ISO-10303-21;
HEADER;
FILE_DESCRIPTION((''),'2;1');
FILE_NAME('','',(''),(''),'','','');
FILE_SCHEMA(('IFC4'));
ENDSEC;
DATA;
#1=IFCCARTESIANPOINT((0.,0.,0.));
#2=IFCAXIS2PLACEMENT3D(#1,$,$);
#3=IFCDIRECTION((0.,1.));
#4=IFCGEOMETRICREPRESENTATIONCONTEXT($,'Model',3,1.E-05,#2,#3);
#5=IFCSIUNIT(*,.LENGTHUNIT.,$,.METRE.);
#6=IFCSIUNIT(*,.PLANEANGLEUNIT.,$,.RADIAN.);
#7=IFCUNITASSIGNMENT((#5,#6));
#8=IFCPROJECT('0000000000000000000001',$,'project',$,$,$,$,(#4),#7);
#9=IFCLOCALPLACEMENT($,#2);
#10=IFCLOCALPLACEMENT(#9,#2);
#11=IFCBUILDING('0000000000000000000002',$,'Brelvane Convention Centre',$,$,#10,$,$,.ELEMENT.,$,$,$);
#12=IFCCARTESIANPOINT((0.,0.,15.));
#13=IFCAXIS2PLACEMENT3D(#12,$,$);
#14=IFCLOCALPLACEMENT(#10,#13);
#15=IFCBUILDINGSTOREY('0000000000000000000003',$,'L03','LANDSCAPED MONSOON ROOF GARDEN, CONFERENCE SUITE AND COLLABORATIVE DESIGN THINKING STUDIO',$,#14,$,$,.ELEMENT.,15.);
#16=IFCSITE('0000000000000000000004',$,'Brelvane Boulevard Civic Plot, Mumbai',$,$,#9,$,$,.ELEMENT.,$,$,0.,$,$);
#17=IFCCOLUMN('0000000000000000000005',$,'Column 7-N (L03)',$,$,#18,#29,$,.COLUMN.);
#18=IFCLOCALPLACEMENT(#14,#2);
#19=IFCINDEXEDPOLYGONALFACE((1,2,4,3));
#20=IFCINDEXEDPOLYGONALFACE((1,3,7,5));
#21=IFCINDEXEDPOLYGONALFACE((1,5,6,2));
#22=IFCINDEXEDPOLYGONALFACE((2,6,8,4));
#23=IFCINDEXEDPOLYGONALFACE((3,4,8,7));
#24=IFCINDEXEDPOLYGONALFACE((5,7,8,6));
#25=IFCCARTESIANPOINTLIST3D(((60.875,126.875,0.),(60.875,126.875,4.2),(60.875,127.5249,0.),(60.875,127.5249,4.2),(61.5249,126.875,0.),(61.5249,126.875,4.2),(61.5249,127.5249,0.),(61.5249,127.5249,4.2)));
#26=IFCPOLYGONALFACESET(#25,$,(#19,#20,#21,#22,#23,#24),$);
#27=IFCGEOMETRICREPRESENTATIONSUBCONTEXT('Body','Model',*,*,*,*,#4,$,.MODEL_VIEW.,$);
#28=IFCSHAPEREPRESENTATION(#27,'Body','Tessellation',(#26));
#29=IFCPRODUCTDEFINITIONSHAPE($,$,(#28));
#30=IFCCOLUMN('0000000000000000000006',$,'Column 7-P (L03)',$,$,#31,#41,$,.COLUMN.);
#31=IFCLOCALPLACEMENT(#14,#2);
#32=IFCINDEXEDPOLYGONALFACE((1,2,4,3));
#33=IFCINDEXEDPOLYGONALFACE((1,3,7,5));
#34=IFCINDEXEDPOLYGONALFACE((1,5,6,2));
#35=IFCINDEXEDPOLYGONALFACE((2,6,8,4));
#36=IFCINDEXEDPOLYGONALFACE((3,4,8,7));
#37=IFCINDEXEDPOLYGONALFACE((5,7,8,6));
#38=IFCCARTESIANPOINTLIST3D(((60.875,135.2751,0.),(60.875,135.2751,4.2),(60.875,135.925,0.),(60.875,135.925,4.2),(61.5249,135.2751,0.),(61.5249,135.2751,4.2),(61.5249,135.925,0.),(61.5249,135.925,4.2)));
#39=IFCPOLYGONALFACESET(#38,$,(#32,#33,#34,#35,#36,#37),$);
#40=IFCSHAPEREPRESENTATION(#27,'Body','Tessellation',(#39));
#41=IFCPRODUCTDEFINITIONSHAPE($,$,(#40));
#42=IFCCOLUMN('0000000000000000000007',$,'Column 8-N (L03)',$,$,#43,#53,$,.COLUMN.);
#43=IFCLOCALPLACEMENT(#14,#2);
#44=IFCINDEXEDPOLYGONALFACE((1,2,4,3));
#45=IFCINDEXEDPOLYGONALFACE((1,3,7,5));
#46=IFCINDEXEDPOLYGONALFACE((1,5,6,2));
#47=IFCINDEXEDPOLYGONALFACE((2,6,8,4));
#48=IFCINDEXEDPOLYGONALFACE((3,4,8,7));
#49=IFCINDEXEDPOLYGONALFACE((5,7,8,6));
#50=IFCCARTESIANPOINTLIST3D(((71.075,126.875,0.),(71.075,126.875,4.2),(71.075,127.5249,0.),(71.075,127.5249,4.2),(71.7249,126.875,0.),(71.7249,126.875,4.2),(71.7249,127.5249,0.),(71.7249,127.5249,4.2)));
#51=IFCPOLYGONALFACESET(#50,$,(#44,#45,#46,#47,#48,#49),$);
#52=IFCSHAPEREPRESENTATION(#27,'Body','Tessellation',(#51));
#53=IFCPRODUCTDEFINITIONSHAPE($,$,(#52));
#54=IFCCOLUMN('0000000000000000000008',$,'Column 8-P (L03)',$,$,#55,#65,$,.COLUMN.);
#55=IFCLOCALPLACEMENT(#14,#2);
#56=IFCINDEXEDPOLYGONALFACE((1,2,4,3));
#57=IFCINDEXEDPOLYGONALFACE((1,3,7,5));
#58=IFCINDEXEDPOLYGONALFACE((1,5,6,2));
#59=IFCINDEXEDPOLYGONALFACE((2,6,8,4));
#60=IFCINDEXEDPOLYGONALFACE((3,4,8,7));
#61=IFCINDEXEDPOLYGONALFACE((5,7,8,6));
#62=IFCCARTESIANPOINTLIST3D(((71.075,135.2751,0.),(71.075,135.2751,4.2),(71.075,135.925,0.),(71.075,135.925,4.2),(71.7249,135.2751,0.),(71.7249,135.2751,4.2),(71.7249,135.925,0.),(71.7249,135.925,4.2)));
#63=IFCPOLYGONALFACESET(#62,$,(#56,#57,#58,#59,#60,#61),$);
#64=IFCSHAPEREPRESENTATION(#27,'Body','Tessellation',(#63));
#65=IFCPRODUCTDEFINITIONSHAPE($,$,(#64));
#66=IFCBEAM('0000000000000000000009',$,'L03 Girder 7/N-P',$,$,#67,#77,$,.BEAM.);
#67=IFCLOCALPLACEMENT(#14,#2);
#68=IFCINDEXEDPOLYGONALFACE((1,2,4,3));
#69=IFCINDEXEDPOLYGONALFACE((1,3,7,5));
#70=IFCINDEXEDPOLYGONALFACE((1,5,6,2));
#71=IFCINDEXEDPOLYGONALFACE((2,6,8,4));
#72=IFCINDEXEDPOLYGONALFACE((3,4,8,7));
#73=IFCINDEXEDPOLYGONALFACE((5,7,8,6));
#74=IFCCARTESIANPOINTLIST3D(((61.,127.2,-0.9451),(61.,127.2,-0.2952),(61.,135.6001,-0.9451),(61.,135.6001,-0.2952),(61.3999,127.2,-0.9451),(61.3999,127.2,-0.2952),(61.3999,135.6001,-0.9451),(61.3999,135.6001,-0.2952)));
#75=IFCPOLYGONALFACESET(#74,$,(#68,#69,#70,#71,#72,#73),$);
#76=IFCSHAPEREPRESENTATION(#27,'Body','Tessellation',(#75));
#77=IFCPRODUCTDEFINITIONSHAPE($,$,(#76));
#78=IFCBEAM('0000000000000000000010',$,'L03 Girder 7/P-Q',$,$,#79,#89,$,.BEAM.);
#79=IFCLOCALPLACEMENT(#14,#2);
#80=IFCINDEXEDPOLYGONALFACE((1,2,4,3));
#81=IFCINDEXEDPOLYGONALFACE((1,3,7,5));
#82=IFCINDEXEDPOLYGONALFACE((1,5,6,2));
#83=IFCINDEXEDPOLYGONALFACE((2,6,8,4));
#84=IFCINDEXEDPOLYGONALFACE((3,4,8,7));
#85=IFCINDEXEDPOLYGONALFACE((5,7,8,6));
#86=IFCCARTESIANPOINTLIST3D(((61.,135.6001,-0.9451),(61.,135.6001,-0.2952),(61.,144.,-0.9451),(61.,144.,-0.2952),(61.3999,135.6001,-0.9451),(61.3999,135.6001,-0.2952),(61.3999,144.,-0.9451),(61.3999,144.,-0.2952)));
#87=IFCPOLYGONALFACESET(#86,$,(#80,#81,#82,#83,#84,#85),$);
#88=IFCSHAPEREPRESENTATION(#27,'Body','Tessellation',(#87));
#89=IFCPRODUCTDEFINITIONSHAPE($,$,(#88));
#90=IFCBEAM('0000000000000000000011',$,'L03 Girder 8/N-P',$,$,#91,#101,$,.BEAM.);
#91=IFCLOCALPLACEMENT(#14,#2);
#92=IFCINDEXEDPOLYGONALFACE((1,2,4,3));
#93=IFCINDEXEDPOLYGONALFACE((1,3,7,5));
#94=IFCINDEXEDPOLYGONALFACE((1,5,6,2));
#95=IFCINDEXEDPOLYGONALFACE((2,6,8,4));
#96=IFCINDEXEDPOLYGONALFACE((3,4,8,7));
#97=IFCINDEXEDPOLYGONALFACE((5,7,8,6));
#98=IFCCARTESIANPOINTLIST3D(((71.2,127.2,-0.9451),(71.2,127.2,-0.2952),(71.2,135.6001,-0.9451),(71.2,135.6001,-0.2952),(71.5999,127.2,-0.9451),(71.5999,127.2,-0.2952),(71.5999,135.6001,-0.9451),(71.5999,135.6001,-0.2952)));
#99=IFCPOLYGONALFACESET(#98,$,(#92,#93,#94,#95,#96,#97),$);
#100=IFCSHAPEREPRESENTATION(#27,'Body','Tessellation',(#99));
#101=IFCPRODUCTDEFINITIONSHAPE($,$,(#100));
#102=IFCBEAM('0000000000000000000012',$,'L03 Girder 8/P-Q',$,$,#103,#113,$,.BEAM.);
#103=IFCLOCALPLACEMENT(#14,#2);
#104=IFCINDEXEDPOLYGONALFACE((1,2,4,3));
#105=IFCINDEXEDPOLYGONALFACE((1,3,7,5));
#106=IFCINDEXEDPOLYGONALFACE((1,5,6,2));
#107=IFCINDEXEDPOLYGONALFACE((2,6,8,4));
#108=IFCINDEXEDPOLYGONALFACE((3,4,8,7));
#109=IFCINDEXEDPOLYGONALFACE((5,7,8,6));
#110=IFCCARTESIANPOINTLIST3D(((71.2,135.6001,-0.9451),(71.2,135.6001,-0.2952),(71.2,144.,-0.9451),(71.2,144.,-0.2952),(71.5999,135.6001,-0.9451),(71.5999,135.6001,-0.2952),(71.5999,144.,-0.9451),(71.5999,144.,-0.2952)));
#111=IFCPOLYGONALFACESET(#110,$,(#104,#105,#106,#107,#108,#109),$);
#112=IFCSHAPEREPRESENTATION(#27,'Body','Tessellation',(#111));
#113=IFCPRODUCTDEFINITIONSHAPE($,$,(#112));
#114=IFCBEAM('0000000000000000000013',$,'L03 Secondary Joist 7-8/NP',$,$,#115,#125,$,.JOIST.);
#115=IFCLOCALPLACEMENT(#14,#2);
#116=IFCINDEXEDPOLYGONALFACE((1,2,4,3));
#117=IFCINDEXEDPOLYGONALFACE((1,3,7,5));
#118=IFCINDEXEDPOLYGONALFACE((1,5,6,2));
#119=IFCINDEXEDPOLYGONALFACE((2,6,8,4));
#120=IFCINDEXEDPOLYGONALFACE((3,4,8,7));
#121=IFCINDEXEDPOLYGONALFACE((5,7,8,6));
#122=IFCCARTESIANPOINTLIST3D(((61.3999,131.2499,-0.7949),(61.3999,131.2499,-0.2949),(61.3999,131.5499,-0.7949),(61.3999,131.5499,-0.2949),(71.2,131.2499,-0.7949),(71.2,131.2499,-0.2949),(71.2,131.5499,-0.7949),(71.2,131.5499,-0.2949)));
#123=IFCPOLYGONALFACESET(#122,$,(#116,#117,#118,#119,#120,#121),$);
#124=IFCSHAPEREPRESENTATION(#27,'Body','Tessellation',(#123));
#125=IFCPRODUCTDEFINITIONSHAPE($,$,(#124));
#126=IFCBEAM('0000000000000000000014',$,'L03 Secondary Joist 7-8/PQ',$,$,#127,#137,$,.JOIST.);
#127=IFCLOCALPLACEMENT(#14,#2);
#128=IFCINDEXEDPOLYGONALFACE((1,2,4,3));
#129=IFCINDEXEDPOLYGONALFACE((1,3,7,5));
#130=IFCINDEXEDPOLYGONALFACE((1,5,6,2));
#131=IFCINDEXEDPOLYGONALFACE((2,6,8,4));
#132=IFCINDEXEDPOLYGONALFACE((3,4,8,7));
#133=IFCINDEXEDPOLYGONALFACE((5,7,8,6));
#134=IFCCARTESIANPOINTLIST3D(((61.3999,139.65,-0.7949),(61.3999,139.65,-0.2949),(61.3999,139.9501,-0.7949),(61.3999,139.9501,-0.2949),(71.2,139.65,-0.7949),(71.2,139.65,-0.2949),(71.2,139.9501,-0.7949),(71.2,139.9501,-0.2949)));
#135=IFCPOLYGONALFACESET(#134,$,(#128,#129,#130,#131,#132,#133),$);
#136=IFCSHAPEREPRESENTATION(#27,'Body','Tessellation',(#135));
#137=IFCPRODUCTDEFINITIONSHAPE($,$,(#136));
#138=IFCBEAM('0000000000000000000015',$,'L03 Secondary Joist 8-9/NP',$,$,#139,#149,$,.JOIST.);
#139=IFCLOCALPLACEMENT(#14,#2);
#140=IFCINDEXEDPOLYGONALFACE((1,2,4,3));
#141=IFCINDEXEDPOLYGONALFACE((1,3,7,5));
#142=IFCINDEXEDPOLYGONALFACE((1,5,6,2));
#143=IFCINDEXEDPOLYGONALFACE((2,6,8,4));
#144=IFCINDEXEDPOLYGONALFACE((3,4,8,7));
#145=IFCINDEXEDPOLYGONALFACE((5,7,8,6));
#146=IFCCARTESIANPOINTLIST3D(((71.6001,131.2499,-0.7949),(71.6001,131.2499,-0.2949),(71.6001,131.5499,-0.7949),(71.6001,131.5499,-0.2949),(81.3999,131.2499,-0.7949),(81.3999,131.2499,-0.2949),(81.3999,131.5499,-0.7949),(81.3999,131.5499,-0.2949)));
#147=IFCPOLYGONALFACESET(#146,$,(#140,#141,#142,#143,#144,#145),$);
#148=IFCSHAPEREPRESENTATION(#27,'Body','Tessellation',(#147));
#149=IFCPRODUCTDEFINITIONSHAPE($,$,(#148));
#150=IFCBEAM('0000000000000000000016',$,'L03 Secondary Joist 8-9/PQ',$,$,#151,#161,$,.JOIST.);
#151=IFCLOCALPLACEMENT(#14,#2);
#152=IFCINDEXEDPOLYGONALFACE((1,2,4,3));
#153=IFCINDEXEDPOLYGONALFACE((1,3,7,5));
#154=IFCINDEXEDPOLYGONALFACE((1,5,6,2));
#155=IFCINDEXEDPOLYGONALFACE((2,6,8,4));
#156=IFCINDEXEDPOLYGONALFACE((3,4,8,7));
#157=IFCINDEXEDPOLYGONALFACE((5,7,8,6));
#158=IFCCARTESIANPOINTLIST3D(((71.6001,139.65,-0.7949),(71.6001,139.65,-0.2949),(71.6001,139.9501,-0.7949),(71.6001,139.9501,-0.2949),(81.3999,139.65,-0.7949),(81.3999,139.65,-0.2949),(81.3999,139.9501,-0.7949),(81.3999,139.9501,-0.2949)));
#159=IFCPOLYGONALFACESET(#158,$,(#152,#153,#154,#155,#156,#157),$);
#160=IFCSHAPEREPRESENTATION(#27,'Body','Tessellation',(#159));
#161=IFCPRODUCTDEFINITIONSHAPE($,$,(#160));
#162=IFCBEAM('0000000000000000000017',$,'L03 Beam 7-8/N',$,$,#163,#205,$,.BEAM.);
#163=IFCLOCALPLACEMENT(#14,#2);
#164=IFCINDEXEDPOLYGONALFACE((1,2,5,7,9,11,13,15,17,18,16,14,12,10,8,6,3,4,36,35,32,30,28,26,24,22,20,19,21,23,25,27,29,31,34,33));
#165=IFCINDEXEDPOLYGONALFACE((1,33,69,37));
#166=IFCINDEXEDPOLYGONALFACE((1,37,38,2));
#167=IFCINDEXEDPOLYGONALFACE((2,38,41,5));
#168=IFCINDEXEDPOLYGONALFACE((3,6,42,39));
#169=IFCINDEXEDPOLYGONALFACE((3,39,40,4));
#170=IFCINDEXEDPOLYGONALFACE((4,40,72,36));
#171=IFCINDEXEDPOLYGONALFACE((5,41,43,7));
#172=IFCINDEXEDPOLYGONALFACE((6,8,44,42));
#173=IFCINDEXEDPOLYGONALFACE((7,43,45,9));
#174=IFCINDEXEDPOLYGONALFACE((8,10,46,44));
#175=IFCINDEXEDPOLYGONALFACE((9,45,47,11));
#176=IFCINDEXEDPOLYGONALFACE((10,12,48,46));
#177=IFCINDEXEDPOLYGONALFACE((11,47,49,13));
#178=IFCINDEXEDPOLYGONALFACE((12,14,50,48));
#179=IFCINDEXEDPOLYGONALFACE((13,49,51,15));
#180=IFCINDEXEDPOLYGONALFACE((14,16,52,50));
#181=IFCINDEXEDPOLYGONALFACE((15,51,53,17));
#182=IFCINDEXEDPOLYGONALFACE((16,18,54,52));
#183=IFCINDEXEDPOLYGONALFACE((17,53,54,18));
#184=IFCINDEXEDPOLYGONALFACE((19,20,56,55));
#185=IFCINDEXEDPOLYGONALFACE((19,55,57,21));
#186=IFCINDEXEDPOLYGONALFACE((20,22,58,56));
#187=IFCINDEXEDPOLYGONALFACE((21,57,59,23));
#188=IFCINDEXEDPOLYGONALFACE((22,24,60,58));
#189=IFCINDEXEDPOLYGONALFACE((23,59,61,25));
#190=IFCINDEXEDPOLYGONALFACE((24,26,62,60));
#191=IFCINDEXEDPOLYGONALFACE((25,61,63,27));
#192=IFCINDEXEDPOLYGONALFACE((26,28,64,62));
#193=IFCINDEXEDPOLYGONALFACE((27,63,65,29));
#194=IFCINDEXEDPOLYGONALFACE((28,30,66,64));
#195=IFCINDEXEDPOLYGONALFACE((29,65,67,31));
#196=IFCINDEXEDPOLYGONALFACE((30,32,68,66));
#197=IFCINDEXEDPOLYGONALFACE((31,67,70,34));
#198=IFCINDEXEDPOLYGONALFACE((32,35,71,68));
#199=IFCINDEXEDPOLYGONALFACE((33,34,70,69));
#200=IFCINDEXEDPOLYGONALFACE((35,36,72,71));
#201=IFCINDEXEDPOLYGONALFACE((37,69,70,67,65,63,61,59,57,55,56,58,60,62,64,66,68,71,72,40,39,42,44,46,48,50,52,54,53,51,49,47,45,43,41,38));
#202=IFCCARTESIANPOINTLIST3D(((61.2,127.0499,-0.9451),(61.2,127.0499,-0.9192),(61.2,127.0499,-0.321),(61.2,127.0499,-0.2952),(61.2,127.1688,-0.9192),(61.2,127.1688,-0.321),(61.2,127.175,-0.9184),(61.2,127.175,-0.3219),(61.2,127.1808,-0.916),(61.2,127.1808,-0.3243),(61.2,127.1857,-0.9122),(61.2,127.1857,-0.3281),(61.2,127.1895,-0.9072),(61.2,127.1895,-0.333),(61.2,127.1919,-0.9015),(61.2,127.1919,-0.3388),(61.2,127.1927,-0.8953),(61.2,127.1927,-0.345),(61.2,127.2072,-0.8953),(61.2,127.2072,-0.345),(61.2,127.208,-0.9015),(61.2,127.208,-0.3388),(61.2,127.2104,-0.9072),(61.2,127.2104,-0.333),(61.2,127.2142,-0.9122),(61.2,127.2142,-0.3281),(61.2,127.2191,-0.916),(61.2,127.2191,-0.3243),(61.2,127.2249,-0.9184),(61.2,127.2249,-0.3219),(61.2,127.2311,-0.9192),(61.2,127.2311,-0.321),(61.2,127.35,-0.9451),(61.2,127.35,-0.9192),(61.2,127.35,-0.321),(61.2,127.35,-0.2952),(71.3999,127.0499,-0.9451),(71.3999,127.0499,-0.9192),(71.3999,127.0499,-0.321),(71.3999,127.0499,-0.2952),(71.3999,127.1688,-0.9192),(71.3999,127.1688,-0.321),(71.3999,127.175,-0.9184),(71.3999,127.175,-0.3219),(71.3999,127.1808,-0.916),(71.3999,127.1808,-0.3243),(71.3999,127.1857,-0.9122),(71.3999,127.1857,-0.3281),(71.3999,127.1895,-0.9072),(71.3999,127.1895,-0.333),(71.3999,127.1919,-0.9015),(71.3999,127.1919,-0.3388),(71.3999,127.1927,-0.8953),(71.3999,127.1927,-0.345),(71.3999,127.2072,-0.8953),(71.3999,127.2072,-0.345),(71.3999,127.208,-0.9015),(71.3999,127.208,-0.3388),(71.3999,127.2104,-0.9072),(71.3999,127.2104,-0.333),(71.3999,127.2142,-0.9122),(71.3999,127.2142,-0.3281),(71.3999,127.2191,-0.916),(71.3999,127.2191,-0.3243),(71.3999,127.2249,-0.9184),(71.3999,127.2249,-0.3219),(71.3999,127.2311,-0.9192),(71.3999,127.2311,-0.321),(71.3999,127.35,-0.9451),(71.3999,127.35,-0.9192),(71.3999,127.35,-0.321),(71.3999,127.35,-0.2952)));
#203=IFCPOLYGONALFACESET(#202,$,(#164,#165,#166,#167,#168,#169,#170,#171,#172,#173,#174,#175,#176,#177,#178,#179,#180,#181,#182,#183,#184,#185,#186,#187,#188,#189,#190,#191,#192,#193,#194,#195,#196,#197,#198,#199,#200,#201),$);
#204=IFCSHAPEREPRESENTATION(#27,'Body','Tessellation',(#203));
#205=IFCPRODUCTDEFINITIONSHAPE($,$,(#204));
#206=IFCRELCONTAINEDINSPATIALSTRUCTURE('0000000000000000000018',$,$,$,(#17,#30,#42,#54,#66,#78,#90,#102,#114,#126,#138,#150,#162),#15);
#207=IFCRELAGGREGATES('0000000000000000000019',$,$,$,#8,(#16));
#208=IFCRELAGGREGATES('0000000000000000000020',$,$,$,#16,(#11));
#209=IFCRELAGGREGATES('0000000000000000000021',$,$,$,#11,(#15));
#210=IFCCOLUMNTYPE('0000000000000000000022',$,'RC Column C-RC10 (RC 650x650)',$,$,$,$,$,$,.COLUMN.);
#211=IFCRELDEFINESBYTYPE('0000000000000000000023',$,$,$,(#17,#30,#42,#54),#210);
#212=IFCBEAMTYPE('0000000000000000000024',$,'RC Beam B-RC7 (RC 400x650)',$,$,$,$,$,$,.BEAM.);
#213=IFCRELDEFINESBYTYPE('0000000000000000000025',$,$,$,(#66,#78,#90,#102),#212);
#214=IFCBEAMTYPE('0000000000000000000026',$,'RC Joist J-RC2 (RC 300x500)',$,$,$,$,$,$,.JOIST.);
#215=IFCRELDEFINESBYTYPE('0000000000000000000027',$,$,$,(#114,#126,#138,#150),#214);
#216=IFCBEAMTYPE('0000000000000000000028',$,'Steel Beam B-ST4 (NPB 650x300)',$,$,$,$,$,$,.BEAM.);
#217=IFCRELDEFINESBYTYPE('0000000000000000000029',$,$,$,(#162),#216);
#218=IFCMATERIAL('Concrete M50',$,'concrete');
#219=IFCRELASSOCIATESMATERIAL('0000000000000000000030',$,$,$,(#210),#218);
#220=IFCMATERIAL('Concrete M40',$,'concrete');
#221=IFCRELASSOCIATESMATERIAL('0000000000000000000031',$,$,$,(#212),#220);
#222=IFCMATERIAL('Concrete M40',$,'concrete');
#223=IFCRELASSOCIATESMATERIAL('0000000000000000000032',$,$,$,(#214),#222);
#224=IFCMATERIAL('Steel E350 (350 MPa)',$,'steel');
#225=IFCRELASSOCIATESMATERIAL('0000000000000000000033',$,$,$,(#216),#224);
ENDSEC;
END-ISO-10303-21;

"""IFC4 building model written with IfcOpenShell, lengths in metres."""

from ifc_helpers import new_model, si_unit, direction, frame, origin, origin_2d, place, context, subcontext, project, spatial, rectangle, i_section, extrude, material, material_profile, profile_set, type_object, element, save


model = new_model("IFC4")

# Units and contexts
model_context = context("Model", 3, precision=1e-05, world=origin(), true_north=direction((0.0, 1.0)))
body_context = subcontext(model_context, "Body", "Model", "MODEL_VIEW")
ifc_project = project(units=[si_unit("LENGTHUNIT", "METRE"), si_unit("PLANEANGLEUNIT", "RADIAN")], contexts=[model_context])

# Site, building, storey
site_placement = place(None, origin())
site = spatial("IfcSite", under=ifc_project, at=site_placement, Name="Brelvane Boulevard Civic Plot, Mumbai", CompositionType="ELEMENT", RefElevation=0.0)
building_placement = place(site_placement, origin())
building = spatial("IfcBuilding", under=site, at=building_placement, Name="Brelvane Convention Centre", CompositionType="ELEMENT")
storey_placement = place(building_placement, frame((0.0, 0.0, 15.0)))
storey = spatial("IfcBuildingStorey", under=building, at=storey_placement, Name="L03", Description="LANDSCAPED MONSOON ROOF GARDEN, CONFERENCE SUITE AND COLLABORATIVE DESIGN THINKING STUDIO", CompositionType="ELEMENT", Elevation=15.0)

# Columns
ifc_material_1 = material(Name="Concrete M50", Category="concrete")
ifc_material_profile_1 = material_profile(ifc_material_1, rectangle(XDim=0.6499, YDim=0.6499, at=origin_2d()), Name="RC 650x650")
ifc_profile_set_1 = profile_set([ifc_material_profile_1], Name="Concrete M50")
column_type = type_object("IfcColumnType", Name="RC Column C-RC10 (RC 650x650)", PredefinedType="COLUMN", material=ifc_profile_set_1)
for number, where, z_axis, x_axis, name in (
    (1, (61.2, 127.2, 0.0), (0.0, 0.0, 1.0), (1.0, 0.0, 0.0), "Column 7-N (L03)"),
    (2, (61.2, 135.6001, 0.0), (0.0, 0.0, 1.0), (1.0, 0.0, 0.0), "Column 7-P (L03)"),
    (3, (71.3999, 127.2, 0.0), (0.0, 0.0, 1.0), (1.0, 0.0, 0.0), "Column 8-N (L03)"),
    (4, (71.3999, 135.6001, 0.0), (0.0, 0.0, 1.0), (1.0, 0.0, 0.0), "Column 8-P (L03)"),
):
    element("IfcColumn", number, at=place(storey_placement, frame(where, z_axis=z_axis, x_axis=x_axis)), inside=storey, type_object=column_type, Name=name, PredefinedType="COLUMN", context=body_context, shape_type="SweptSolid", body=[
        extrude(rectangle(XDim=0.6499, YDim=0.6499, at=origin_2d()), origin(), (0.0, 0.0, 1.0), 4.2),
    ])

# Beams
ifc_material_2 = material(Name="Concrete M40", Category="concrete")
ifc_material_profile_2 = material_profile(ifc_material_2, rectangle(XDim=0.3999, YDim=0.6499, at=origin_2d()), Name="RC 400x650")
ifc_profile_set_2 = profile_set([ifc_material_profile_2], Name="Concrete M40")
beam_type_1 = type_object("IfcBeamType", Name="RC Beam B-RC7 (RC 400x650)", PredefinedType="BEAM", material=ifc_profile_set_2)
beam_1_placement = place(storey_placement, frame((61.2, 127.2, -0.6201), z_axis=(0.0, 1.0, 0.0), x_axis=(-1.0, 0.0, 0.0)))
element("IfcBeam", 5, at=beam_1_placement, inside=storey, type_object=beam_type_1, Name="L03 Girder 7/N-P", PredefinedType="BEAM", context=body_context, shape_type="SweptSolid", body=[
    extrude(rectangle(XDim=0.3999, YDim=0.6499, at=origin_2d()), origin(), (0.0, 0.0, 1.0), 8.4001),
])
beam_2_placement = place(storey_placement, frame((61.2, 135.6001, -0.6201), z_axis=(0.0, 1.0, 0.0), x_axis=(-1.0, 0.0, 0.0)))
element("IfcBeam", 6, at=beam_2_placement, inside=storey, type_object=beam_type_1, Name="L03 Girder 7/P-Q", PredefinedType="BEAM", context=body_context, shape_type="SweptSolid", body=[
    extrude(rectangle(XDim=0.3999, YDim=0.6499, at=origin_2d()), origin(), (0.0, 0.0, 1.0), 8.3999),
])
beam_3_placement = place(storey_placement, frame((71.3999, 127.2, -0.6201), z_axis=(0.0, 1.0, 0.0), x_axis=(-1.0, 0.0, 0.0)))
element("IfcBeam", 7, at=beam_3_placement, inside=storey, type_object=beam_type_1, Name="L03 Girder 8/N-P", PredefinedType="BEAM", context=body_context, shape_type="SweptSolid", body=[
    extrude(rectangle(XDim=0.3999, YDim=0.6499, at=origin_2d()), origin(), (0.0, 0.0, 1.0), 8.4001),
])
beam_4_placement = place(storey_placement, frame((71.3999, 135.6001, -0.6201), z_axis=(0.0, 1.0, 0.0), x_axis=(-1.0, 0.0, 0.0)))
element("IfcBeam", 8, at=beam_4_placement, inside=storey, type_object=beam_type_1, Name="L03 Girder 8/P-Q", PredefinedType="BEAM", context=body_context, shape_type="SweptSolid", body=[
    extrude(rectangle(XDim=0.3999, YDim=0.6499, at=origin_2d()), origin(), (0.0, 0.0, 1.0), 8.3999),
])
ifc_material_3 = material(Name="Concrete M40", Category="concrete")
ifc_material_profile_3 = material_profile(ifc_material_3, rectangle(XDim=0.3, YDim=0.5, at=origin_2d()), Name="RC 300x500")
ifc_profile_set_3 = profile_set([ifc_material_profile_3], Name="Concrete M40")
beam_type_2 = type_object("IfcBeamType", Name="RC Joist J-RC2 (RC 300x500)", PredefinedType="JOIST", material=ifc_profile_set_3)
for number, where, z_axis, x_axis, name in (
    (9, (61.3999, 131.3999, -0.5449), (1.0, 0.0, 0.0), (0.0, 1.0, 0.0), "L03 Secondary Joist 7-8/NP"),
    (10, (61.3999, 139.8, -0.5449), (1.0, 0.0, 0.0), (0.0, 1.0, 0.0), "L03 Secondary Joist 7-8/PQ"),
):
    element("IfcBeam", number, at=place(storey_placement, frame(where, z_axis=z_axis, x_axis=x_axis)), inside=storey, type_object=beam_type_2, Name=name, PredefinedType="JOIST", context=body_context, shape_type="SweptSolid", body=[
        extrude(rectangle(XDim=0.3, YDim=0.5, at=origin_2d()), origin(), (0.0, 0.0, 1.0), 9.8),
    ])
for number, where, z_axis, x_axis, name in (
    (11, (71.6001, 131.3999, -0.5449), (1.0, 0.0, 0.0), (0.0, 1.0, 0.0), "L03 Secondary Joist 8-9/NP"),
    (12, (71.6001, 139.8, -0.5449), (1.0, 0.0, 0.0), (0.0, 1.0, 0.0), "L03 Secondary Joist 8-9/PQ"),
):
    element("IfcBeam", number, at=place(storey_placement, frame(where, z_axis=z_axis, x_axis=x_axis)), inside=storey, type_object=beam_type_2, Name=name, PredefinedType="JOIST", context=body_context, shape_type="SweptSolid", body=[
        extrude(rectangle(XDim=0.3, YDim=0.5, at=origin_2d()), origin(), (0.0, 0.0, 1.0), 9.7998),
    ])
ifc_material_4 = material(Name="Steel E350 (350 MPa)", Category="steel")
ifc_material_profile_4 = material_profile(ifc_material_4, i_section(OverallWidth=0.3, OverallDepth=0.6499, WebThickness=0.0144, FlangeThickness=0.0259, FilletRadius=0.0239, at=origin_2d()), Name="NPB 650x300")
ifc_profile_set_4 = profile_set([ifc_material_profile_4], Name="Steel E350 (350 MPa)")
beam_type_3 = type_object("IfcBeamType", Name="Steel Beam B-ST4 (NPB 650x300)", PredefinedType="BEAM", material=ifc_profile_set_4)
for number, where, z_axis, x_axis, name in (
    (13, (61.2, 127.2, -0.6201), (1.0, 0.0, 0.0), (0.0, 1.0, 0.0), "L03 Beam 7-8/N"),
):
    element("IfcBeam", number, at=place(storey_placement, frame(where, z_axis=z_axis, x_axis=x_axis)), inside=storey, type_object=beam_type_3, Name=name, PredefinedType="BEAM", context=body_context, shape_type="SweptSolid", body=[
        extrude(i_section(OverallWidth=0.3, OverallDepth=0.6499, WebThickness=0.0144, FlangeThickness=0.0259, FilletRadius=0.0239, at=origin_2d()), origin(), (0.0, 0.0, 1.0), 10.2),
    ])

save(model, "model.ifc")
